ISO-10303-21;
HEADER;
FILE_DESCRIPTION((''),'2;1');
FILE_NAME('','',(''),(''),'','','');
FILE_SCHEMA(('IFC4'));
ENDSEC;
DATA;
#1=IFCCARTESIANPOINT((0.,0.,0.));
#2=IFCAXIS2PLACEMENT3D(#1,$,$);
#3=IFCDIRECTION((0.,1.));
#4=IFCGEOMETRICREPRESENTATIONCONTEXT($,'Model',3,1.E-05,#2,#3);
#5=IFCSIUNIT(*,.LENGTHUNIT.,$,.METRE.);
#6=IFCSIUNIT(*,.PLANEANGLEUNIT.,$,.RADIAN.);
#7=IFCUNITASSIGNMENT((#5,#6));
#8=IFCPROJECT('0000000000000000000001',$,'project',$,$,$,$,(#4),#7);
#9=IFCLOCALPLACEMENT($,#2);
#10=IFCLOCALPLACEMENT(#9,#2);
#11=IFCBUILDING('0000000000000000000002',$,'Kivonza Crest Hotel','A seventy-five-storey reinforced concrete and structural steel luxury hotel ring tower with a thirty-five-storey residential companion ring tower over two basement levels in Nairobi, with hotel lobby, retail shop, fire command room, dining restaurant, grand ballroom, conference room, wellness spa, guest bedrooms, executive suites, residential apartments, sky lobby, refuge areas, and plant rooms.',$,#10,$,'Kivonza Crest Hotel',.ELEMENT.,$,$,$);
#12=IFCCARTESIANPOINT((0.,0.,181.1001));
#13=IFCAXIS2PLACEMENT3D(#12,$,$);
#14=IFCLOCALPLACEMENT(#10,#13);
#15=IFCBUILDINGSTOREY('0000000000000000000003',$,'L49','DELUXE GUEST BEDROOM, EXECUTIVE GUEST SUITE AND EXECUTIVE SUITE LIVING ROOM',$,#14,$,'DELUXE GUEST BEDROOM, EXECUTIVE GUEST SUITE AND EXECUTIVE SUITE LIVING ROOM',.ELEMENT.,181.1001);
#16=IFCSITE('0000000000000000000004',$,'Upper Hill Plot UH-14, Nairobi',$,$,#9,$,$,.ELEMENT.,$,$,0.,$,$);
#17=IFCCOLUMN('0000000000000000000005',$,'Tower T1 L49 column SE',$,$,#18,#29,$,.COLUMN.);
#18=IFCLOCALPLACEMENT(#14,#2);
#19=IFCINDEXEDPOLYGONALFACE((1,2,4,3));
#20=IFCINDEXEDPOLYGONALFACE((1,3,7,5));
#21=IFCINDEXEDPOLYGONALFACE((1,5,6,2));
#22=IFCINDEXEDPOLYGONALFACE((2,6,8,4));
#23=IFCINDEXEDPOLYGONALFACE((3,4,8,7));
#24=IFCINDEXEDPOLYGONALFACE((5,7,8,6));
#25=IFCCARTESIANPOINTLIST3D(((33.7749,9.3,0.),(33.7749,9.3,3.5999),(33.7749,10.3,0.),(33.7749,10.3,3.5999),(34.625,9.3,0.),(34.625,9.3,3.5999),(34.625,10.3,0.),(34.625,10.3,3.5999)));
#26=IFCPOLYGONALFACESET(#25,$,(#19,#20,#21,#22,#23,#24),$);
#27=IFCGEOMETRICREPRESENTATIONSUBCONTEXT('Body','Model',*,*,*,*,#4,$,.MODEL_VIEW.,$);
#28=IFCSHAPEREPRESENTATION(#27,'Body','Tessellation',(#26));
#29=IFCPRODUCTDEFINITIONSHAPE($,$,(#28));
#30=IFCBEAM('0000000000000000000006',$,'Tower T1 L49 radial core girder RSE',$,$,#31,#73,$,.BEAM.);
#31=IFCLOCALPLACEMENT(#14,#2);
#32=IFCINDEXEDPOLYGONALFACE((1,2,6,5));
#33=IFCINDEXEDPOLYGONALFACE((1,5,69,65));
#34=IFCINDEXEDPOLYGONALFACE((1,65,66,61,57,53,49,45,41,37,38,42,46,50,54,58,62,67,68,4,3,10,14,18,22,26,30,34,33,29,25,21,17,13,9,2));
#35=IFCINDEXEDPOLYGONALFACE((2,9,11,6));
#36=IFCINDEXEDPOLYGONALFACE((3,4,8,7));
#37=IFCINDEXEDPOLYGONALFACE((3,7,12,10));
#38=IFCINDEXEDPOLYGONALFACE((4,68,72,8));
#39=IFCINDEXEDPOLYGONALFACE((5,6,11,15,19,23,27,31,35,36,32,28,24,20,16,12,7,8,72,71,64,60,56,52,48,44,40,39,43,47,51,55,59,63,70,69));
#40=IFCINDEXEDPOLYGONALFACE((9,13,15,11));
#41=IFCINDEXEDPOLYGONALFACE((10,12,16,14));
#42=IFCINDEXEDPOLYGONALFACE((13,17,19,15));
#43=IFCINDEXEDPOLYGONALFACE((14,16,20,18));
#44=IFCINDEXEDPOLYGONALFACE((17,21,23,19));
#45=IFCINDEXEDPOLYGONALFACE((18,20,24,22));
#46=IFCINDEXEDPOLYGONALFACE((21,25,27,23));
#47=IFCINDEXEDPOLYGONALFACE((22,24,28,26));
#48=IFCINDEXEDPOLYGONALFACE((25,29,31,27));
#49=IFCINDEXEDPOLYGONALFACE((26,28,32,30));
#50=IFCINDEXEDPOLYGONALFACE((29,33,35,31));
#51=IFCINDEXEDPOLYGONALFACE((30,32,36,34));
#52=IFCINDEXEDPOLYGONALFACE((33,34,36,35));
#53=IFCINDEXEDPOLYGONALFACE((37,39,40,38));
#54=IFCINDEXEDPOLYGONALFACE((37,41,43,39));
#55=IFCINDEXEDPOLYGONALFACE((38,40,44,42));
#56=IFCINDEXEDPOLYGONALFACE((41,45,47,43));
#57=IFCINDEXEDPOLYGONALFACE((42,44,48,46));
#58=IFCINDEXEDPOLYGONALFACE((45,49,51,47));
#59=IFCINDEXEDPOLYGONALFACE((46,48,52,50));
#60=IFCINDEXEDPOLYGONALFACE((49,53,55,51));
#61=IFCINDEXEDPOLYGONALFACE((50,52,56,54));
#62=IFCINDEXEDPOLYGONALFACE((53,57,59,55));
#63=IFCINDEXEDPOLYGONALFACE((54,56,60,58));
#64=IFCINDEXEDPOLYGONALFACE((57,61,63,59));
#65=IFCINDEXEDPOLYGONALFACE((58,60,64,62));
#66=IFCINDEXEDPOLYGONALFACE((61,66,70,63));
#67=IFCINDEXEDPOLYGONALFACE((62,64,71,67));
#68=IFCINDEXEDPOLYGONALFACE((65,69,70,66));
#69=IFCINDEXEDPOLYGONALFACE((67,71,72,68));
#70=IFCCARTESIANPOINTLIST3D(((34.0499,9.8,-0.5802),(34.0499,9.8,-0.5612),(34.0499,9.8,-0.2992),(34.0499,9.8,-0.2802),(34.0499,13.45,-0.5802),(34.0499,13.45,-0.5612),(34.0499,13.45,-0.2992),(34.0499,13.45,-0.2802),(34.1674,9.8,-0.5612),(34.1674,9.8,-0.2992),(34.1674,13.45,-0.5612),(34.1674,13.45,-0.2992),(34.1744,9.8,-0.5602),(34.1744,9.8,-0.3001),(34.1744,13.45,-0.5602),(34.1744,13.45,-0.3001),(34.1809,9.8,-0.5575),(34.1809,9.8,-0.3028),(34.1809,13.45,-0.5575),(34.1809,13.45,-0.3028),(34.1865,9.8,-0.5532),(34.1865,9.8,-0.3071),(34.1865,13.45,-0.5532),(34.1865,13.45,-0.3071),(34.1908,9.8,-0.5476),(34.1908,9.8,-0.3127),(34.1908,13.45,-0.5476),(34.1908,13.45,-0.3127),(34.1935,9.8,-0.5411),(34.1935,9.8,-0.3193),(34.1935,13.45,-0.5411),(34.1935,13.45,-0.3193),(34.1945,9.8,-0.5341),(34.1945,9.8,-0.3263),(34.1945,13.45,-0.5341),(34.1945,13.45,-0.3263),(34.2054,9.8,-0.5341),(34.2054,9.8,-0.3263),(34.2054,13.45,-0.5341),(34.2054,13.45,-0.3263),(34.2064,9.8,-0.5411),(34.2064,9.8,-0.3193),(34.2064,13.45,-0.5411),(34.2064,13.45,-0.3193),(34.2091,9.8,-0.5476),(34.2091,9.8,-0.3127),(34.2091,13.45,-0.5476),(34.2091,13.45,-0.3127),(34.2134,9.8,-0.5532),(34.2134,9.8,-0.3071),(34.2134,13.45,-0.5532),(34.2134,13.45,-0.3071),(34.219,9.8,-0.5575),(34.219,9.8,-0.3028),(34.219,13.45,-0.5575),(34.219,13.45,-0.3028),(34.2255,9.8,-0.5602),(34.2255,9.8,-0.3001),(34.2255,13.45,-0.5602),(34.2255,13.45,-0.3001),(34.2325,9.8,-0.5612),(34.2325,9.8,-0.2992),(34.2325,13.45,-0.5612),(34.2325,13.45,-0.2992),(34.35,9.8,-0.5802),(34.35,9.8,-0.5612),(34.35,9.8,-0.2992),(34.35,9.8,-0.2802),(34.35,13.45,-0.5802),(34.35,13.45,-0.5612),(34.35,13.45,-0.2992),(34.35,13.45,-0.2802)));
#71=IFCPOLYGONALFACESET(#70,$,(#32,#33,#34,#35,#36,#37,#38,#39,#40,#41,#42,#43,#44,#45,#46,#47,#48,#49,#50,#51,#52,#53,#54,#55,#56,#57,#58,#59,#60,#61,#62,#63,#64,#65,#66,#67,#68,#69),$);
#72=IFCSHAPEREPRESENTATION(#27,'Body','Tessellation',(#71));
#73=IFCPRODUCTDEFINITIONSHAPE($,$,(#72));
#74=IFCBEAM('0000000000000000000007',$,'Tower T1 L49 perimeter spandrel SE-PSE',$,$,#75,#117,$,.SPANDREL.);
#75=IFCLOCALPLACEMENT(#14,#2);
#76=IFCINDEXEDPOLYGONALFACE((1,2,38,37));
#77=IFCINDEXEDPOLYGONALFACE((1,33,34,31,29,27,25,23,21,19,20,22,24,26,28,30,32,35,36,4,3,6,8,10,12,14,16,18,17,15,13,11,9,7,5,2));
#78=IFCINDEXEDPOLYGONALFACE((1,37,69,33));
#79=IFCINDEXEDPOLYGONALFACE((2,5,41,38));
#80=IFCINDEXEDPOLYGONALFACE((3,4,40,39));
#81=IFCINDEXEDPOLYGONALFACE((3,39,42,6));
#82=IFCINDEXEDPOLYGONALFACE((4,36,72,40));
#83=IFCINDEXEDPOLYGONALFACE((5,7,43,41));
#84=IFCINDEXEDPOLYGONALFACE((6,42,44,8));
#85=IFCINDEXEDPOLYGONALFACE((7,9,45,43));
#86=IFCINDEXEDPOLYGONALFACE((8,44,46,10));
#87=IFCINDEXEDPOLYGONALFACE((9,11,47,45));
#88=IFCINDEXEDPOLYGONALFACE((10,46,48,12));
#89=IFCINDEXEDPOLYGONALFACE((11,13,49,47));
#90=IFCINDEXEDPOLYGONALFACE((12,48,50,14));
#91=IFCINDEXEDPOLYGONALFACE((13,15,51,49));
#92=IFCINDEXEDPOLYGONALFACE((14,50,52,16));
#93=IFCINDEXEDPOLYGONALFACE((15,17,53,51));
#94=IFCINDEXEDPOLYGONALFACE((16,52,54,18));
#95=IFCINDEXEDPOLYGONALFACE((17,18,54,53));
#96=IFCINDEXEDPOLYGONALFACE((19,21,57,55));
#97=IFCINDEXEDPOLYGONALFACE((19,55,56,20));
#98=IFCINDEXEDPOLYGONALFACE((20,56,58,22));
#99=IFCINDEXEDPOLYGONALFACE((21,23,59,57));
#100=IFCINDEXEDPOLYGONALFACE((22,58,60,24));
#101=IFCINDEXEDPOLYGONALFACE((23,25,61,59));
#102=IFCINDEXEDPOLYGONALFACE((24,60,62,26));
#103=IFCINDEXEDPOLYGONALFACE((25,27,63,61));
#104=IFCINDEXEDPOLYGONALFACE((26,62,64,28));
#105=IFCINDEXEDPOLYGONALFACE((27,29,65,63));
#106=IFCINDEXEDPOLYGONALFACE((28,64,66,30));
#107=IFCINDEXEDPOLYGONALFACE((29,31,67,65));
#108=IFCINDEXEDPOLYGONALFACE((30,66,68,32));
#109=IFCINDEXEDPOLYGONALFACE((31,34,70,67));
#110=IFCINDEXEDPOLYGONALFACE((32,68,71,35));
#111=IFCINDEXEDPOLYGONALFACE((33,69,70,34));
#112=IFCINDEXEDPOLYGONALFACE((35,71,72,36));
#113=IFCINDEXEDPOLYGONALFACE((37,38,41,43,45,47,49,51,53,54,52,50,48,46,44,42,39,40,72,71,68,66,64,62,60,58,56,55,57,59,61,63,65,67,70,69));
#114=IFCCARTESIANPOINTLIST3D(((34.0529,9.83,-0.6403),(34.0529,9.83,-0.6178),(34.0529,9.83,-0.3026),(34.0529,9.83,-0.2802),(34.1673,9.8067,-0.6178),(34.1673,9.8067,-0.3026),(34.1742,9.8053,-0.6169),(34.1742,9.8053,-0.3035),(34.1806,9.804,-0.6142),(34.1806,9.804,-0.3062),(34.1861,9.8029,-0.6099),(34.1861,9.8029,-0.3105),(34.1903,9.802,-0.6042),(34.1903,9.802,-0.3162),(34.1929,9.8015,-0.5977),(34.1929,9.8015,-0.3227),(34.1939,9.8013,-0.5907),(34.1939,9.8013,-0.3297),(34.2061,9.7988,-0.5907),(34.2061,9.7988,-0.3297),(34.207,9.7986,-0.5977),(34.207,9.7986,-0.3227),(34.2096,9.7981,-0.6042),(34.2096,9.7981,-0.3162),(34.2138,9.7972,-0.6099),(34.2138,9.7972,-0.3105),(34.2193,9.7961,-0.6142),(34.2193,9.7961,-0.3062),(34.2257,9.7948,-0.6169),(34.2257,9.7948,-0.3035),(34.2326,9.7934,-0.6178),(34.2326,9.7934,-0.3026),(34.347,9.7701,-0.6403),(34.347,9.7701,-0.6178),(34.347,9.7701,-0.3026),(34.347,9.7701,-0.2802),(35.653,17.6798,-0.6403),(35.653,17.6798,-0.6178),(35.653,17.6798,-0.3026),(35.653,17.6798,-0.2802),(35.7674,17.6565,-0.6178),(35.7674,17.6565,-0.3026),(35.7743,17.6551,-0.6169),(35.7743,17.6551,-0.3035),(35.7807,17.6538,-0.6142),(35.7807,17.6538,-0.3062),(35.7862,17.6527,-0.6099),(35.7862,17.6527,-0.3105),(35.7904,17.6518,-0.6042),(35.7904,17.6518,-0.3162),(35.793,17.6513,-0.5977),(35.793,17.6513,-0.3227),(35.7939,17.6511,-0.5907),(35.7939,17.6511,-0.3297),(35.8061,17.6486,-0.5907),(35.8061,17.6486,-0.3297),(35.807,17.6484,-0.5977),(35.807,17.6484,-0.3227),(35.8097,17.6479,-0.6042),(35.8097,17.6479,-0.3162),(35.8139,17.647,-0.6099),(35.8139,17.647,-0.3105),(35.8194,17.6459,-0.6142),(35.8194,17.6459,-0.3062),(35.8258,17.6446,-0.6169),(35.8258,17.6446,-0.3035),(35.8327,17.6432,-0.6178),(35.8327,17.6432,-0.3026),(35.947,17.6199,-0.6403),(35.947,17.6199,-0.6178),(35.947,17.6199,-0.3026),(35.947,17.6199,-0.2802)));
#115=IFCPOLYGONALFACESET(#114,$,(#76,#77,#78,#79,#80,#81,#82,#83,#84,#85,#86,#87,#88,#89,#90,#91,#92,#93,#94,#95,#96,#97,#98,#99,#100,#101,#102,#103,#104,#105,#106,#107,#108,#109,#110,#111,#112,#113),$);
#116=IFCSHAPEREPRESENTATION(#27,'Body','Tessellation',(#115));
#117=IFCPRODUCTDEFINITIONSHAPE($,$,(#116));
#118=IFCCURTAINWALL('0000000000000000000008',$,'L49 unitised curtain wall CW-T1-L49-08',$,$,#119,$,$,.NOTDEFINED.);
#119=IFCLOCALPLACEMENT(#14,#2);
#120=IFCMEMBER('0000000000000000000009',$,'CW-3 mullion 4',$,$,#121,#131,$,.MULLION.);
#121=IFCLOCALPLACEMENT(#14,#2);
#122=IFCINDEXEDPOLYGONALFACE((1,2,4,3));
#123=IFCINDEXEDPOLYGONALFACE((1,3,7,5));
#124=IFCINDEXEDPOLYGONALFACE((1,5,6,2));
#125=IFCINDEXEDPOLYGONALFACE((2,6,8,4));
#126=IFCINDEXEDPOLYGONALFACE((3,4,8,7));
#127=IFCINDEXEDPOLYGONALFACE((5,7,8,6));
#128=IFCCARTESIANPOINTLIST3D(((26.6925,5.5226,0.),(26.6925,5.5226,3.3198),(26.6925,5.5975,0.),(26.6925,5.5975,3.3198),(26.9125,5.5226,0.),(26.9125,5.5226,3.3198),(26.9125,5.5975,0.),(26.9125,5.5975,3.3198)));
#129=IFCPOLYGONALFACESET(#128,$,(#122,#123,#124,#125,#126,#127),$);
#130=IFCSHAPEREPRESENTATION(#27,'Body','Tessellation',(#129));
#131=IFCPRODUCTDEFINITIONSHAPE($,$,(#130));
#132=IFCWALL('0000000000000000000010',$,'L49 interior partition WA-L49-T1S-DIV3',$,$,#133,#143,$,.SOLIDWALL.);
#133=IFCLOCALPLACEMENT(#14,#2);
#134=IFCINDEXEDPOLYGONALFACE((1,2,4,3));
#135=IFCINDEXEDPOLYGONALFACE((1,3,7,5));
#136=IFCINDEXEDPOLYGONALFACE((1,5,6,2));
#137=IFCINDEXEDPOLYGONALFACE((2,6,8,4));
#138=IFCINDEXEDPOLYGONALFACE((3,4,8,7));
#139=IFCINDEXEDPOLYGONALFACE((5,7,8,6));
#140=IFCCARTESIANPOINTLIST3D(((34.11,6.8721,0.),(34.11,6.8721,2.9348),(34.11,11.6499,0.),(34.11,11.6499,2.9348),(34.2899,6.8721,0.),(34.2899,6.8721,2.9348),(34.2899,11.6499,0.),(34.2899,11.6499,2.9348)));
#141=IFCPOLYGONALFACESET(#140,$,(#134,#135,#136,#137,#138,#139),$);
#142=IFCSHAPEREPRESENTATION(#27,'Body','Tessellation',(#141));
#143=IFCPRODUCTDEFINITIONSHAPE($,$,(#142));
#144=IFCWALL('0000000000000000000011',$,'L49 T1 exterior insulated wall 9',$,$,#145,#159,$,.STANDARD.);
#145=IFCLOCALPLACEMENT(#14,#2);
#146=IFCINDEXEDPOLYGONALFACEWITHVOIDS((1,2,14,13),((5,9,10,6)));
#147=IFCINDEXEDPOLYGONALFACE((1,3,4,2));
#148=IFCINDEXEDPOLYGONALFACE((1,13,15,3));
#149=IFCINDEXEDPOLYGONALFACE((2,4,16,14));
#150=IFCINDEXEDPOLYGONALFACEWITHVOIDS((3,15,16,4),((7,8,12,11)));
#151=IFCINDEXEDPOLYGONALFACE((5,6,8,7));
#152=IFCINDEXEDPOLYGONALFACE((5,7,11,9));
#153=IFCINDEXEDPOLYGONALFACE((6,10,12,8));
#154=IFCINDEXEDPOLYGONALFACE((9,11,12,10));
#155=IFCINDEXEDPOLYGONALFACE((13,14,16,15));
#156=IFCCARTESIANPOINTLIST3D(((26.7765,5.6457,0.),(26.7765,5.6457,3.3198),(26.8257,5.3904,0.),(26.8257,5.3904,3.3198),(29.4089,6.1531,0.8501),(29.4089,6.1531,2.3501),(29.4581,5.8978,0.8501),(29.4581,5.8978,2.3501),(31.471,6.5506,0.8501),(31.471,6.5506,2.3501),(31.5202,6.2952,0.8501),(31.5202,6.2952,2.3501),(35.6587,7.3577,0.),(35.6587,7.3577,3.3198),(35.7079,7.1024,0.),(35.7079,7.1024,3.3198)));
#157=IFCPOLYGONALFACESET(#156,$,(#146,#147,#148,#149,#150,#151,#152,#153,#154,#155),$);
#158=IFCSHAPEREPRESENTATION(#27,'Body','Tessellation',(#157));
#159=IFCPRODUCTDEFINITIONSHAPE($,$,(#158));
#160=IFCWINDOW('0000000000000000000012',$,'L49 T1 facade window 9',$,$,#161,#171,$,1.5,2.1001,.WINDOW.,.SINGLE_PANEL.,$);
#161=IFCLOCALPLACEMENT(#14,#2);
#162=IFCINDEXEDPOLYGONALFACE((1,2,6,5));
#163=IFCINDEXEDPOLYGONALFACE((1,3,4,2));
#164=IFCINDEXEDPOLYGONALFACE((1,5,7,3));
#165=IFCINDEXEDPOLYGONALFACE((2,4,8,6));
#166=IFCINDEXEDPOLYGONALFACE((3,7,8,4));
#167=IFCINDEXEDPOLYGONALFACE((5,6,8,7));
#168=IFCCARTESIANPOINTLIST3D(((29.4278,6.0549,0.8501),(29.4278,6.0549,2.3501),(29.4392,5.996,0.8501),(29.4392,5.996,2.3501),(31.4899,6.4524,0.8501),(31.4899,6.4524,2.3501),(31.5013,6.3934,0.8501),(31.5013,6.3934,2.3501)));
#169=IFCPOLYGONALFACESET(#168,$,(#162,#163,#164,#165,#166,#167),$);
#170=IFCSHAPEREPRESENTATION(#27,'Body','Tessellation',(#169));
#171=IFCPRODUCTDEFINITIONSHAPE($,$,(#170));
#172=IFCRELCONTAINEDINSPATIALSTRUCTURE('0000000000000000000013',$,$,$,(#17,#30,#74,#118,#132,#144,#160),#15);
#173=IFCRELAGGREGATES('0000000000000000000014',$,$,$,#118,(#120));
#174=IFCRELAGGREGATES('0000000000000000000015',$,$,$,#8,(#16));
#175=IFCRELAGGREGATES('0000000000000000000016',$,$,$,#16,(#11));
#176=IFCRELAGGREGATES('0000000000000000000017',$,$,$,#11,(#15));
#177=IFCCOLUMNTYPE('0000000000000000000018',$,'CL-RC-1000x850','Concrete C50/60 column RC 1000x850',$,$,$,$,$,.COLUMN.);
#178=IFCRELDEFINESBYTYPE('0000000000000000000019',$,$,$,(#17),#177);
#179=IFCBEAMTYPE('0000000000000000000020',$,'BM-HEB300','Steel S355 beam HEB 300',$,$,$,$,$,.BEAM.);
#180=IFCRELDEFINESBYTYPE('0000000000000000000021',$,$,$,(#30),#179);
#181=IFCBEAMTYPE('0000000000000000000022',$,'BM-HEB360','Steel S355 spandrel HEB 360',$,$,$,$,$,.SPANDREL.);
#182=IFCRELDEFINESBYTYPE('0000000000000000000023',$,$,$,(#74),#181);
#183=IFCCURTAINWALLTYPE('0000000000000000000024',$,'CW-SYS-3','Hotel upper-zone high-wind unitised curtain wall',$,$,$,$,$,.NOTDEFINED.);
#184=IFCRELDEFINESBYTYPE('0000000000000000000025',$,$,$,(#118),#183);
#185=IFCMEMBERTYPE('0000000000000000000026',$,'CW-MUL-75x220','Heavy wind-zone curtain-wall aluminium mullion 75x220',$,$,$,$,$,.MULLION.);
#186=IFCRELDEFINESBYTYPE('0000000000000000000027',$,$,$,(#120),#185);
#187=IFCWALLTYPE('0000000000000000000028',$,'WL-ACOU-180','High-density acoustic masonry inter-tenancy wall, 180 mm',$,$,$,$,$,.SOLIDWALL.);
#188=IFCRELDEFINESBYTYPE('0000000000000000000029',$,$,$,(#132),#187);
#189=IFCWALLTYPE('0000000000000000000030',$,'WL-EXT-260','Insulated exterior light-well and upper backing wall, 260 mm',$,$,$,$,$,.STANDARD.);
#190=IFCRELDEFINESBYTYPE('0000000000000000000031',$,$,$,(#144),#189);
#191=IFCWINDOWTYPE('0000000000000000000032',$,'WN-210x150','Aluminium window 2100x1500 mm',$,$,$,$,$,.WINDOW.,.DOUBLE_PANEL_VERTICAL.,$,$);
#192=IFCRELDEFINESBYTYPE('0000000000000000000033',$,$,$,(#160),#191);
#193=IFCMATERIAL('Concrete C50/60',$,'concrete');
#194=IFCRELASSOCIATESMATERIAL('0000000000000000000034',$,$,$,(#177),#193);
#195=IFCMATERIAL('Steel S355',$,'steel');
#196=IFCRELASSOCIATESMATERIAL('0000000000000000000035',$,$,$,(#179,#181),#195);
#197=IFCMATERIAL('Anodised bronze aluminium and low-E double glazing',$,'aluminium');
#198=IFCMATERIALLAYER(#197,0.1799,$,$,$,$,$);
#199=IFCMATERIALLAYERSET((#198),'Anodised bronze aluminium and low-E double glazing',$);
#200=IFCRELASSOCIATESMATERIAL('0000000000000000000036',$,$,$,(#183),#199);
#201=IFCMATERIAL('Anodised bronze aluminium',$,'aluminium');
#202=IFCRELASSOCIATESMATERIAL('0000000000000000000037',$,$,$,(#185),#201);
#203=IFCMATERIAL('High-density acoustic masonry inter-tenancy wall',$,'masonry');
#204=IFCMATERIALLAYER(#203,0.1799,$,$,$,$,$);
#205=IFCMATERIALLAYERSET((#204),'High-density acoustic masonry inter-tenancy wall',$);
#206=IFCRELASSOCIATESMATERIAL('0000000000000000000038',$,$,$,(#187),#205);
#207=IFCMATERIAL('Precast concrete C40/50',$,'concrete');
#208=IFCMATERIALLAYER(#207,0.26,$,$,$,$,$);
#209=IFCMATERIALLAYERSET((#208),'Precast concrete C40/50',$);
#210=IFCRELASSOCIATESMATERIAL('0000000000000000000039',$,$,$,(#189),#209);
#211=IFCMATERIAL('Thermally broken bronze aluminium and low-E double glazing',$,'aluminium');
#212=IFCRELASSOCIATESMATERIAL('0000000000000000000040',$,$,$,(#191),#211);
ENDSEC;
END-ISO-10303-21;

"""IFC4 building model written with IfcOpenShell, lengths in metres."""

from ifc_helpers import new_model, si_unit, direction, frame, frame_2d, origin, origin_2d, place, context, subcontext, project, spatial, rectangle, i_section, extrude, material, layer, layer_set, material_profile, profile_set, type_object, element, fill, aggregate, save


model = new_model("IFC4")

# Units and contexts
model_context = context("Model", 3, precision=1e-05, world=origin(), true_north=direction((0.0, 1.0)))
body_context = subcontext(model_context, "Body", "Model", "MODEL_VIEW")
ifc_project = project(units=[si_unit("LENGTHUNIT", "METRE"), si_unit("PLANEANGLEUNIT", "RADIAN")], contexts=[model_context])

# Site, building, storey
site_placement = place(None, origin())
site = spatial("IfcSite", under=ifc_project, at=site_placement, Name="Upper Hill Plot UH-14, Nairobi", CompositionType="ELEMENT", RefElevation=0.0)
building_placement = place(site_placement, origin())
building = spatial("IfcBuilding", under=site, at=building_placement, Name="Kivonza Crest Hotel", Description="A seventy-five-storey reinforced concrete and structural steel luxury hotel ring tower with a thirty-five-storey residential companion ring tower over two basement levels in Nairobi, with hotel lobby, retail shop, fire command room, dining restaurant, grand ballroom, conference room, wellness spa, guest bedrooms, executive suites, residential apartments, sky lobby, refuge areas, and plant rooms.", LongName="Kivonza Crest Hotel", CompositionType="ELEMENT")
storey_placement = place(building_placement, frame((0.0, 0.0, 181.1001)))
storey = spatial("IfcBuildingStorey", under=building, at=storey_placement, Name="L49", Description="DELUXE GUEST BEDROOM, EXECUTIVE GUEST SUITE AND EXECUTIVE SUITE LIVING ROOM", LongName="DELUXE GUEST BEDROOM, EXECUTIVE GUEST SUITE AND EXECUTIVE SUITE LIVING ROOM", CompositionType="ELEMENT", Elevation=181.1001)

# Column
ifc_material_1 = material(Name="Concrete C50/60", Category="concrete")
ifc_material_profile_1 = material_profile(ifc_material_1, rectangle(XDim=0.8501, YDim=1.0, at=origin_2d()), Name="RC 1000x850")
ifc_profile_set_1 = profile_set([ifc_material_profile_1], Name="Concrete C50/60")
column_type = type_object("IfcColumnType", Name="CL-RC-1000x850", Description="Concrete C50/60 column RC 1000x850", PredefinedType="COLUMN", material=ifc_profile_set_1)
column_placement = place(storey_placement, frame((34.2, 9.8, 0.0), z_axis=(0.0, 0.0, 1.0), x_axis=(1.0, 0.0, 0.0)))
element("IfcColumn", 1, at=column_placement, inside=storey, type_object=column_type, Name="Tower T1 L49 column SE", PredefinedType="COLUMN", context=body_context, shape_type="SweptSolid", body=[
    extrude(rectangle(XDim=0.8501, YDim=1.0, at=origin_2d()), origin(), (0.0, 0.0, 1.0), 3.5999),
])

# Beams
ifc_material_2 = material(Name="Steel S355", Category="steel")
ifc_material_profile_2 = material_profile(ifc_material_2, i_section(OverallWidth=0.3, OverallDepth=0.3, WebThickness=0.011, FlangeThickness=0.019, FilletRadius=0.0271, at=origin_2d()), Name="HEB 300")
ifc_profile_set_2 = profile_set([ifc_material_profile_2], Name="Steel S355")
beam_type_1 = type_object("IfcBeamType", Name="BM-HEB300", Description="Steel S355 beam HEB 300", PredefinedType="BEAM", material=ifc_profile_set_2)
beam_1_placement = place(storey_placement, frame((34.2, 9.8, -0.4302), z_axis=(0.0, 1.0, 0.0), x_axis=(-1.0, 0.0, 0.0)))
element("IfcBeam", 2, at=beam_1_placement, inside=storey, type_object=beam_type_1, Name="Tower T1 L49 radial core girder RSE", PredefinedType="BEAM", context=body_context, shape_type="SweptSolid", body=[
    extrude(i_section(OverallWidth=0.3, OverallDepth=0.3, WebThickness=0.011, FlangeThickness=0.019, FilletRadius=0.0271, at=origin_2d()), origin(), (0.0, 0.0, 1.0), 3.6499),
])
ifc_material_profile_3 = material_profile(ifc_material_2, i_section(OverallWidth=0.3, OverallDepth=0.3601, WebThickness=0.0125, FlangeThickness=0.0225, FilletRadius=0.0271, at=origin_2d()), Name="HEB 360")
ifc_profile_set_3 = profile_set([ifc_material_profile_3], Name="Steel S355")
beam_type_2 = type_object("IfcBeamType", Name="BM-HEB360", Description="Steel S355 spandrel HEB 360", PredefinedType="SPANDREL", material=ifc_profile_set_3)
beam_2_placement = place(storey_placement, frame((34.2, 9.8, -0.4602), z_axis=(0.199731, 0.979851, 0.0), x_axis=(-0.979851, 0.199731, 0.0)))
element("IfcBeam", 3, at=beam_2_placement, inside=storey, type_object=beam_type_2, Name="Tower T1 L49 perimeter spandrel SE-PSE", PredefinedType="SPANDREL", context=body_context, shape_type="SweptSolid", body=[
    extrude(i_section(OverallWidth=0.3, OverallDepth=0.3601, WebThickness=0.0125, FlangeThickness=0.0225, FilletRadius=0.0271, at=origin_2d()), origin(), (0.0, 0.0, 1.0), 8.0112),
])

# Curtain wall, member
ifc_material_3 = material(Name="Anodised bronze aluminium and low-E double glazing", Category="aluminium")
ifc_layer_1 = layer(ifc_material_3, 0.1799)
ifc_layer_set_1 = layer_set([ifc_layer_1], Name="Anodised bronze aluminium and low-E double glazing")
curtain_wall_type = type_object("IfcCurtainWallType", Name="CW-SYS-3", Description="Hotel upper-zone high-wind unitised curtain wall", PredefinedType="NOTDEFINED", material=ifc_layer_set_1)
curtain_wall_placement = place(storey_placement, origin())
curtain_wall = element("IfcCurtainWall", 4, at=curtain_wall_placement, inside=storey, type_object=curtain_wall_type, Name="L49 unitised curtain wall CW-T1-L49-08", PredefinedType="NOTDEFINED")
ifc_material_4 = material(Name="Anodised bronze aluminium", Category="aluminium")
ifc_material_profile_4 = material_profile(ifc_material_4, rectangle(XDim=0.075, YDim=0.22, at=origin_2d()), Name="CW-M 75x220")
ifc_profile_set_4 = profile_set([ifc_material_profile_4], Name="Anodised bronze aluminium")
member_type = type_object("IfcMemberType", Name="CW-MUL-75x220", Description="Heavy wind-zone curtain-wall aluminium mullion 75x220", PredefinedType="MULLION", material=ifc_profile_set_4)
member_placement = place(storey_placement, frame((26.8025, 5.5601, 0.0), z_axis=(0.0, 0.0, 1.0), x_axis=(0.0, 1.0, 0.0)))
member = element("IfcMember", 5, at=member_placement, type_object=member_type, Name="CW-3 mullion 4", PredefinedType="MULLION", context=body_context, shape_type="SweptSolid", body=[
    extrude(rectangle(XDim=0.075, YDim=0.22, at=origin_2d()), origin(), (0.0, 0.0, 1.0), 3.3198),
])
aggregate(curtain_wall, [member])

# Wall
ifc_material_5 = material(Name="High-density acoustic masonry inter-tenancy wall", Category="masonry")
ifc_layer_2 = layer(ifc_material_5, 0.1799)
ifc_layer_set_2 = layer_set([ifc_layer_2], Name="High-density acoustic masonry inter-tenancy wall")
wall_type_1 = type_object("IfcWallType", Name="WL-ACOU-180", Description="High-density acoustic masonry inter-tenancy wall, 180 mm", PredefinedType="SOLIDWALL", material=ifc_layer_set_2)
wall_1_placement = place(storey_placement, frame((34.2, 6.8721, 0.0), z_axis=(0.0, 0.0, 1.0), x_axis=(0.0, 1.0, 0.0)))
element("IfcWall", 6, at=wall_1_placement, inside=storey, type_object=wall_type_1, Name="L49 interior partition WA-L49-T1S-DIV3", PredefinedType="SOLIDWALL", context=body_context, shape_type="SweptSolid", body=[
    extrude(rectangle(XDim=4.7778, YDim=0.1799, at=frame_2d((2.3889, 0.0))), origin(), (0.0, 0.0, 1.0), 2.9348),
])

# Wall, opening, window
ifc_material_6 = material(Name="Precast concrete C40/50", Category="concrete")
ifc_layer_3 = layer(ifc_material_6, 0.26)
ifc_layer_set_3 = layer_set([ifc_layer_3], Name="Precast concrete C40/50")
wall_type_2 = type_object("IfcWallType", Name="WL-EXT-260", Description="Insulated exterior light-well and upper backing wall, 260 mm", PredefinedType="STANDARD", material=ifc_layer_set_3)
wall_2_placement = place(storey_placement, frame((26.801, 5.5181, 0.0), z_axis=(0.0, 0.0, 1.0), x_axis=(0.981928, 0.189255, 0.0)))
wall_2 = element("IfcWall", 7, at=wall_2_placement, inside=storey, type_object=wall_type_2, Name="L49 T1 exterior insulated wall 9", PredefinedType="STANDARD", context=body_context, shape_type="SweptSolid", body=[
    extrude(rectangle(XDim=9.0457, YDim=0.26, at=frame_2d((4.5229, 0.0))), origin(), (0.0, 0.0, 1.0), 3.3198),
])
opening_1_placement = place(wall_2_placement, frame((2.6809, 0.0, 0.8501)))
opening_1 = element("IfcOpeningElement", 8, at=opening_1_placement, cuts=wall_2, PredefinedType="OPENING", context=body_context, shape_type="SweptSolid", body=[
    extrude(rectangle(XDim=2.1001, YDim=1.5, at=frame_2d((1.05, 0.75))), frame((0.0, 0.1401, 0.0), z_axis=(0.0, -1.0, 0.0), x_axis=(1.0, 0.0, 0.0)), (0.0, 0.0, 1.0), 0.28),
])
ifc_material_7 = material(Name="Thermally broken bronze aluminium and low-E double glazing", Category="aluminium")
window_type = type_object("IfcWindowType", Name="WN-210x150", Description="Aluminium window 2100x1500 mm", PartitioningType="DOUBLE_PANEL_VERTICAL", PredefinedType="WINDOW", material=ifc_material_7)
window_1_placement = place(opening_1_placement, origin())
window_1 = element("IfcWindow", 9, at=window_1_placement, inside=storey, type_object=window_type, Name="L49 T1 facade window 9", OverallHeight=1.5, OverallWidth=2.1001, PartitioningType="SINGLE_PANEL", PredefinedType="WINDOW", context=body_context, shape_type="SweptSolid", body=[
    extrude(rectangle(XDim=2.1001, YDim=1.5, at=frame_2d((1.05, 0.75))), frame((0.0, 0.03, 0.0), z_axis=(0.0, -1.0, 0.0), x_axis=(1.0, 0.0, 0.0)), (0.0, 0.0, 1.0), 0.0601),
])
fill(opening_1, window_1)

save(model, "model.ifc")
